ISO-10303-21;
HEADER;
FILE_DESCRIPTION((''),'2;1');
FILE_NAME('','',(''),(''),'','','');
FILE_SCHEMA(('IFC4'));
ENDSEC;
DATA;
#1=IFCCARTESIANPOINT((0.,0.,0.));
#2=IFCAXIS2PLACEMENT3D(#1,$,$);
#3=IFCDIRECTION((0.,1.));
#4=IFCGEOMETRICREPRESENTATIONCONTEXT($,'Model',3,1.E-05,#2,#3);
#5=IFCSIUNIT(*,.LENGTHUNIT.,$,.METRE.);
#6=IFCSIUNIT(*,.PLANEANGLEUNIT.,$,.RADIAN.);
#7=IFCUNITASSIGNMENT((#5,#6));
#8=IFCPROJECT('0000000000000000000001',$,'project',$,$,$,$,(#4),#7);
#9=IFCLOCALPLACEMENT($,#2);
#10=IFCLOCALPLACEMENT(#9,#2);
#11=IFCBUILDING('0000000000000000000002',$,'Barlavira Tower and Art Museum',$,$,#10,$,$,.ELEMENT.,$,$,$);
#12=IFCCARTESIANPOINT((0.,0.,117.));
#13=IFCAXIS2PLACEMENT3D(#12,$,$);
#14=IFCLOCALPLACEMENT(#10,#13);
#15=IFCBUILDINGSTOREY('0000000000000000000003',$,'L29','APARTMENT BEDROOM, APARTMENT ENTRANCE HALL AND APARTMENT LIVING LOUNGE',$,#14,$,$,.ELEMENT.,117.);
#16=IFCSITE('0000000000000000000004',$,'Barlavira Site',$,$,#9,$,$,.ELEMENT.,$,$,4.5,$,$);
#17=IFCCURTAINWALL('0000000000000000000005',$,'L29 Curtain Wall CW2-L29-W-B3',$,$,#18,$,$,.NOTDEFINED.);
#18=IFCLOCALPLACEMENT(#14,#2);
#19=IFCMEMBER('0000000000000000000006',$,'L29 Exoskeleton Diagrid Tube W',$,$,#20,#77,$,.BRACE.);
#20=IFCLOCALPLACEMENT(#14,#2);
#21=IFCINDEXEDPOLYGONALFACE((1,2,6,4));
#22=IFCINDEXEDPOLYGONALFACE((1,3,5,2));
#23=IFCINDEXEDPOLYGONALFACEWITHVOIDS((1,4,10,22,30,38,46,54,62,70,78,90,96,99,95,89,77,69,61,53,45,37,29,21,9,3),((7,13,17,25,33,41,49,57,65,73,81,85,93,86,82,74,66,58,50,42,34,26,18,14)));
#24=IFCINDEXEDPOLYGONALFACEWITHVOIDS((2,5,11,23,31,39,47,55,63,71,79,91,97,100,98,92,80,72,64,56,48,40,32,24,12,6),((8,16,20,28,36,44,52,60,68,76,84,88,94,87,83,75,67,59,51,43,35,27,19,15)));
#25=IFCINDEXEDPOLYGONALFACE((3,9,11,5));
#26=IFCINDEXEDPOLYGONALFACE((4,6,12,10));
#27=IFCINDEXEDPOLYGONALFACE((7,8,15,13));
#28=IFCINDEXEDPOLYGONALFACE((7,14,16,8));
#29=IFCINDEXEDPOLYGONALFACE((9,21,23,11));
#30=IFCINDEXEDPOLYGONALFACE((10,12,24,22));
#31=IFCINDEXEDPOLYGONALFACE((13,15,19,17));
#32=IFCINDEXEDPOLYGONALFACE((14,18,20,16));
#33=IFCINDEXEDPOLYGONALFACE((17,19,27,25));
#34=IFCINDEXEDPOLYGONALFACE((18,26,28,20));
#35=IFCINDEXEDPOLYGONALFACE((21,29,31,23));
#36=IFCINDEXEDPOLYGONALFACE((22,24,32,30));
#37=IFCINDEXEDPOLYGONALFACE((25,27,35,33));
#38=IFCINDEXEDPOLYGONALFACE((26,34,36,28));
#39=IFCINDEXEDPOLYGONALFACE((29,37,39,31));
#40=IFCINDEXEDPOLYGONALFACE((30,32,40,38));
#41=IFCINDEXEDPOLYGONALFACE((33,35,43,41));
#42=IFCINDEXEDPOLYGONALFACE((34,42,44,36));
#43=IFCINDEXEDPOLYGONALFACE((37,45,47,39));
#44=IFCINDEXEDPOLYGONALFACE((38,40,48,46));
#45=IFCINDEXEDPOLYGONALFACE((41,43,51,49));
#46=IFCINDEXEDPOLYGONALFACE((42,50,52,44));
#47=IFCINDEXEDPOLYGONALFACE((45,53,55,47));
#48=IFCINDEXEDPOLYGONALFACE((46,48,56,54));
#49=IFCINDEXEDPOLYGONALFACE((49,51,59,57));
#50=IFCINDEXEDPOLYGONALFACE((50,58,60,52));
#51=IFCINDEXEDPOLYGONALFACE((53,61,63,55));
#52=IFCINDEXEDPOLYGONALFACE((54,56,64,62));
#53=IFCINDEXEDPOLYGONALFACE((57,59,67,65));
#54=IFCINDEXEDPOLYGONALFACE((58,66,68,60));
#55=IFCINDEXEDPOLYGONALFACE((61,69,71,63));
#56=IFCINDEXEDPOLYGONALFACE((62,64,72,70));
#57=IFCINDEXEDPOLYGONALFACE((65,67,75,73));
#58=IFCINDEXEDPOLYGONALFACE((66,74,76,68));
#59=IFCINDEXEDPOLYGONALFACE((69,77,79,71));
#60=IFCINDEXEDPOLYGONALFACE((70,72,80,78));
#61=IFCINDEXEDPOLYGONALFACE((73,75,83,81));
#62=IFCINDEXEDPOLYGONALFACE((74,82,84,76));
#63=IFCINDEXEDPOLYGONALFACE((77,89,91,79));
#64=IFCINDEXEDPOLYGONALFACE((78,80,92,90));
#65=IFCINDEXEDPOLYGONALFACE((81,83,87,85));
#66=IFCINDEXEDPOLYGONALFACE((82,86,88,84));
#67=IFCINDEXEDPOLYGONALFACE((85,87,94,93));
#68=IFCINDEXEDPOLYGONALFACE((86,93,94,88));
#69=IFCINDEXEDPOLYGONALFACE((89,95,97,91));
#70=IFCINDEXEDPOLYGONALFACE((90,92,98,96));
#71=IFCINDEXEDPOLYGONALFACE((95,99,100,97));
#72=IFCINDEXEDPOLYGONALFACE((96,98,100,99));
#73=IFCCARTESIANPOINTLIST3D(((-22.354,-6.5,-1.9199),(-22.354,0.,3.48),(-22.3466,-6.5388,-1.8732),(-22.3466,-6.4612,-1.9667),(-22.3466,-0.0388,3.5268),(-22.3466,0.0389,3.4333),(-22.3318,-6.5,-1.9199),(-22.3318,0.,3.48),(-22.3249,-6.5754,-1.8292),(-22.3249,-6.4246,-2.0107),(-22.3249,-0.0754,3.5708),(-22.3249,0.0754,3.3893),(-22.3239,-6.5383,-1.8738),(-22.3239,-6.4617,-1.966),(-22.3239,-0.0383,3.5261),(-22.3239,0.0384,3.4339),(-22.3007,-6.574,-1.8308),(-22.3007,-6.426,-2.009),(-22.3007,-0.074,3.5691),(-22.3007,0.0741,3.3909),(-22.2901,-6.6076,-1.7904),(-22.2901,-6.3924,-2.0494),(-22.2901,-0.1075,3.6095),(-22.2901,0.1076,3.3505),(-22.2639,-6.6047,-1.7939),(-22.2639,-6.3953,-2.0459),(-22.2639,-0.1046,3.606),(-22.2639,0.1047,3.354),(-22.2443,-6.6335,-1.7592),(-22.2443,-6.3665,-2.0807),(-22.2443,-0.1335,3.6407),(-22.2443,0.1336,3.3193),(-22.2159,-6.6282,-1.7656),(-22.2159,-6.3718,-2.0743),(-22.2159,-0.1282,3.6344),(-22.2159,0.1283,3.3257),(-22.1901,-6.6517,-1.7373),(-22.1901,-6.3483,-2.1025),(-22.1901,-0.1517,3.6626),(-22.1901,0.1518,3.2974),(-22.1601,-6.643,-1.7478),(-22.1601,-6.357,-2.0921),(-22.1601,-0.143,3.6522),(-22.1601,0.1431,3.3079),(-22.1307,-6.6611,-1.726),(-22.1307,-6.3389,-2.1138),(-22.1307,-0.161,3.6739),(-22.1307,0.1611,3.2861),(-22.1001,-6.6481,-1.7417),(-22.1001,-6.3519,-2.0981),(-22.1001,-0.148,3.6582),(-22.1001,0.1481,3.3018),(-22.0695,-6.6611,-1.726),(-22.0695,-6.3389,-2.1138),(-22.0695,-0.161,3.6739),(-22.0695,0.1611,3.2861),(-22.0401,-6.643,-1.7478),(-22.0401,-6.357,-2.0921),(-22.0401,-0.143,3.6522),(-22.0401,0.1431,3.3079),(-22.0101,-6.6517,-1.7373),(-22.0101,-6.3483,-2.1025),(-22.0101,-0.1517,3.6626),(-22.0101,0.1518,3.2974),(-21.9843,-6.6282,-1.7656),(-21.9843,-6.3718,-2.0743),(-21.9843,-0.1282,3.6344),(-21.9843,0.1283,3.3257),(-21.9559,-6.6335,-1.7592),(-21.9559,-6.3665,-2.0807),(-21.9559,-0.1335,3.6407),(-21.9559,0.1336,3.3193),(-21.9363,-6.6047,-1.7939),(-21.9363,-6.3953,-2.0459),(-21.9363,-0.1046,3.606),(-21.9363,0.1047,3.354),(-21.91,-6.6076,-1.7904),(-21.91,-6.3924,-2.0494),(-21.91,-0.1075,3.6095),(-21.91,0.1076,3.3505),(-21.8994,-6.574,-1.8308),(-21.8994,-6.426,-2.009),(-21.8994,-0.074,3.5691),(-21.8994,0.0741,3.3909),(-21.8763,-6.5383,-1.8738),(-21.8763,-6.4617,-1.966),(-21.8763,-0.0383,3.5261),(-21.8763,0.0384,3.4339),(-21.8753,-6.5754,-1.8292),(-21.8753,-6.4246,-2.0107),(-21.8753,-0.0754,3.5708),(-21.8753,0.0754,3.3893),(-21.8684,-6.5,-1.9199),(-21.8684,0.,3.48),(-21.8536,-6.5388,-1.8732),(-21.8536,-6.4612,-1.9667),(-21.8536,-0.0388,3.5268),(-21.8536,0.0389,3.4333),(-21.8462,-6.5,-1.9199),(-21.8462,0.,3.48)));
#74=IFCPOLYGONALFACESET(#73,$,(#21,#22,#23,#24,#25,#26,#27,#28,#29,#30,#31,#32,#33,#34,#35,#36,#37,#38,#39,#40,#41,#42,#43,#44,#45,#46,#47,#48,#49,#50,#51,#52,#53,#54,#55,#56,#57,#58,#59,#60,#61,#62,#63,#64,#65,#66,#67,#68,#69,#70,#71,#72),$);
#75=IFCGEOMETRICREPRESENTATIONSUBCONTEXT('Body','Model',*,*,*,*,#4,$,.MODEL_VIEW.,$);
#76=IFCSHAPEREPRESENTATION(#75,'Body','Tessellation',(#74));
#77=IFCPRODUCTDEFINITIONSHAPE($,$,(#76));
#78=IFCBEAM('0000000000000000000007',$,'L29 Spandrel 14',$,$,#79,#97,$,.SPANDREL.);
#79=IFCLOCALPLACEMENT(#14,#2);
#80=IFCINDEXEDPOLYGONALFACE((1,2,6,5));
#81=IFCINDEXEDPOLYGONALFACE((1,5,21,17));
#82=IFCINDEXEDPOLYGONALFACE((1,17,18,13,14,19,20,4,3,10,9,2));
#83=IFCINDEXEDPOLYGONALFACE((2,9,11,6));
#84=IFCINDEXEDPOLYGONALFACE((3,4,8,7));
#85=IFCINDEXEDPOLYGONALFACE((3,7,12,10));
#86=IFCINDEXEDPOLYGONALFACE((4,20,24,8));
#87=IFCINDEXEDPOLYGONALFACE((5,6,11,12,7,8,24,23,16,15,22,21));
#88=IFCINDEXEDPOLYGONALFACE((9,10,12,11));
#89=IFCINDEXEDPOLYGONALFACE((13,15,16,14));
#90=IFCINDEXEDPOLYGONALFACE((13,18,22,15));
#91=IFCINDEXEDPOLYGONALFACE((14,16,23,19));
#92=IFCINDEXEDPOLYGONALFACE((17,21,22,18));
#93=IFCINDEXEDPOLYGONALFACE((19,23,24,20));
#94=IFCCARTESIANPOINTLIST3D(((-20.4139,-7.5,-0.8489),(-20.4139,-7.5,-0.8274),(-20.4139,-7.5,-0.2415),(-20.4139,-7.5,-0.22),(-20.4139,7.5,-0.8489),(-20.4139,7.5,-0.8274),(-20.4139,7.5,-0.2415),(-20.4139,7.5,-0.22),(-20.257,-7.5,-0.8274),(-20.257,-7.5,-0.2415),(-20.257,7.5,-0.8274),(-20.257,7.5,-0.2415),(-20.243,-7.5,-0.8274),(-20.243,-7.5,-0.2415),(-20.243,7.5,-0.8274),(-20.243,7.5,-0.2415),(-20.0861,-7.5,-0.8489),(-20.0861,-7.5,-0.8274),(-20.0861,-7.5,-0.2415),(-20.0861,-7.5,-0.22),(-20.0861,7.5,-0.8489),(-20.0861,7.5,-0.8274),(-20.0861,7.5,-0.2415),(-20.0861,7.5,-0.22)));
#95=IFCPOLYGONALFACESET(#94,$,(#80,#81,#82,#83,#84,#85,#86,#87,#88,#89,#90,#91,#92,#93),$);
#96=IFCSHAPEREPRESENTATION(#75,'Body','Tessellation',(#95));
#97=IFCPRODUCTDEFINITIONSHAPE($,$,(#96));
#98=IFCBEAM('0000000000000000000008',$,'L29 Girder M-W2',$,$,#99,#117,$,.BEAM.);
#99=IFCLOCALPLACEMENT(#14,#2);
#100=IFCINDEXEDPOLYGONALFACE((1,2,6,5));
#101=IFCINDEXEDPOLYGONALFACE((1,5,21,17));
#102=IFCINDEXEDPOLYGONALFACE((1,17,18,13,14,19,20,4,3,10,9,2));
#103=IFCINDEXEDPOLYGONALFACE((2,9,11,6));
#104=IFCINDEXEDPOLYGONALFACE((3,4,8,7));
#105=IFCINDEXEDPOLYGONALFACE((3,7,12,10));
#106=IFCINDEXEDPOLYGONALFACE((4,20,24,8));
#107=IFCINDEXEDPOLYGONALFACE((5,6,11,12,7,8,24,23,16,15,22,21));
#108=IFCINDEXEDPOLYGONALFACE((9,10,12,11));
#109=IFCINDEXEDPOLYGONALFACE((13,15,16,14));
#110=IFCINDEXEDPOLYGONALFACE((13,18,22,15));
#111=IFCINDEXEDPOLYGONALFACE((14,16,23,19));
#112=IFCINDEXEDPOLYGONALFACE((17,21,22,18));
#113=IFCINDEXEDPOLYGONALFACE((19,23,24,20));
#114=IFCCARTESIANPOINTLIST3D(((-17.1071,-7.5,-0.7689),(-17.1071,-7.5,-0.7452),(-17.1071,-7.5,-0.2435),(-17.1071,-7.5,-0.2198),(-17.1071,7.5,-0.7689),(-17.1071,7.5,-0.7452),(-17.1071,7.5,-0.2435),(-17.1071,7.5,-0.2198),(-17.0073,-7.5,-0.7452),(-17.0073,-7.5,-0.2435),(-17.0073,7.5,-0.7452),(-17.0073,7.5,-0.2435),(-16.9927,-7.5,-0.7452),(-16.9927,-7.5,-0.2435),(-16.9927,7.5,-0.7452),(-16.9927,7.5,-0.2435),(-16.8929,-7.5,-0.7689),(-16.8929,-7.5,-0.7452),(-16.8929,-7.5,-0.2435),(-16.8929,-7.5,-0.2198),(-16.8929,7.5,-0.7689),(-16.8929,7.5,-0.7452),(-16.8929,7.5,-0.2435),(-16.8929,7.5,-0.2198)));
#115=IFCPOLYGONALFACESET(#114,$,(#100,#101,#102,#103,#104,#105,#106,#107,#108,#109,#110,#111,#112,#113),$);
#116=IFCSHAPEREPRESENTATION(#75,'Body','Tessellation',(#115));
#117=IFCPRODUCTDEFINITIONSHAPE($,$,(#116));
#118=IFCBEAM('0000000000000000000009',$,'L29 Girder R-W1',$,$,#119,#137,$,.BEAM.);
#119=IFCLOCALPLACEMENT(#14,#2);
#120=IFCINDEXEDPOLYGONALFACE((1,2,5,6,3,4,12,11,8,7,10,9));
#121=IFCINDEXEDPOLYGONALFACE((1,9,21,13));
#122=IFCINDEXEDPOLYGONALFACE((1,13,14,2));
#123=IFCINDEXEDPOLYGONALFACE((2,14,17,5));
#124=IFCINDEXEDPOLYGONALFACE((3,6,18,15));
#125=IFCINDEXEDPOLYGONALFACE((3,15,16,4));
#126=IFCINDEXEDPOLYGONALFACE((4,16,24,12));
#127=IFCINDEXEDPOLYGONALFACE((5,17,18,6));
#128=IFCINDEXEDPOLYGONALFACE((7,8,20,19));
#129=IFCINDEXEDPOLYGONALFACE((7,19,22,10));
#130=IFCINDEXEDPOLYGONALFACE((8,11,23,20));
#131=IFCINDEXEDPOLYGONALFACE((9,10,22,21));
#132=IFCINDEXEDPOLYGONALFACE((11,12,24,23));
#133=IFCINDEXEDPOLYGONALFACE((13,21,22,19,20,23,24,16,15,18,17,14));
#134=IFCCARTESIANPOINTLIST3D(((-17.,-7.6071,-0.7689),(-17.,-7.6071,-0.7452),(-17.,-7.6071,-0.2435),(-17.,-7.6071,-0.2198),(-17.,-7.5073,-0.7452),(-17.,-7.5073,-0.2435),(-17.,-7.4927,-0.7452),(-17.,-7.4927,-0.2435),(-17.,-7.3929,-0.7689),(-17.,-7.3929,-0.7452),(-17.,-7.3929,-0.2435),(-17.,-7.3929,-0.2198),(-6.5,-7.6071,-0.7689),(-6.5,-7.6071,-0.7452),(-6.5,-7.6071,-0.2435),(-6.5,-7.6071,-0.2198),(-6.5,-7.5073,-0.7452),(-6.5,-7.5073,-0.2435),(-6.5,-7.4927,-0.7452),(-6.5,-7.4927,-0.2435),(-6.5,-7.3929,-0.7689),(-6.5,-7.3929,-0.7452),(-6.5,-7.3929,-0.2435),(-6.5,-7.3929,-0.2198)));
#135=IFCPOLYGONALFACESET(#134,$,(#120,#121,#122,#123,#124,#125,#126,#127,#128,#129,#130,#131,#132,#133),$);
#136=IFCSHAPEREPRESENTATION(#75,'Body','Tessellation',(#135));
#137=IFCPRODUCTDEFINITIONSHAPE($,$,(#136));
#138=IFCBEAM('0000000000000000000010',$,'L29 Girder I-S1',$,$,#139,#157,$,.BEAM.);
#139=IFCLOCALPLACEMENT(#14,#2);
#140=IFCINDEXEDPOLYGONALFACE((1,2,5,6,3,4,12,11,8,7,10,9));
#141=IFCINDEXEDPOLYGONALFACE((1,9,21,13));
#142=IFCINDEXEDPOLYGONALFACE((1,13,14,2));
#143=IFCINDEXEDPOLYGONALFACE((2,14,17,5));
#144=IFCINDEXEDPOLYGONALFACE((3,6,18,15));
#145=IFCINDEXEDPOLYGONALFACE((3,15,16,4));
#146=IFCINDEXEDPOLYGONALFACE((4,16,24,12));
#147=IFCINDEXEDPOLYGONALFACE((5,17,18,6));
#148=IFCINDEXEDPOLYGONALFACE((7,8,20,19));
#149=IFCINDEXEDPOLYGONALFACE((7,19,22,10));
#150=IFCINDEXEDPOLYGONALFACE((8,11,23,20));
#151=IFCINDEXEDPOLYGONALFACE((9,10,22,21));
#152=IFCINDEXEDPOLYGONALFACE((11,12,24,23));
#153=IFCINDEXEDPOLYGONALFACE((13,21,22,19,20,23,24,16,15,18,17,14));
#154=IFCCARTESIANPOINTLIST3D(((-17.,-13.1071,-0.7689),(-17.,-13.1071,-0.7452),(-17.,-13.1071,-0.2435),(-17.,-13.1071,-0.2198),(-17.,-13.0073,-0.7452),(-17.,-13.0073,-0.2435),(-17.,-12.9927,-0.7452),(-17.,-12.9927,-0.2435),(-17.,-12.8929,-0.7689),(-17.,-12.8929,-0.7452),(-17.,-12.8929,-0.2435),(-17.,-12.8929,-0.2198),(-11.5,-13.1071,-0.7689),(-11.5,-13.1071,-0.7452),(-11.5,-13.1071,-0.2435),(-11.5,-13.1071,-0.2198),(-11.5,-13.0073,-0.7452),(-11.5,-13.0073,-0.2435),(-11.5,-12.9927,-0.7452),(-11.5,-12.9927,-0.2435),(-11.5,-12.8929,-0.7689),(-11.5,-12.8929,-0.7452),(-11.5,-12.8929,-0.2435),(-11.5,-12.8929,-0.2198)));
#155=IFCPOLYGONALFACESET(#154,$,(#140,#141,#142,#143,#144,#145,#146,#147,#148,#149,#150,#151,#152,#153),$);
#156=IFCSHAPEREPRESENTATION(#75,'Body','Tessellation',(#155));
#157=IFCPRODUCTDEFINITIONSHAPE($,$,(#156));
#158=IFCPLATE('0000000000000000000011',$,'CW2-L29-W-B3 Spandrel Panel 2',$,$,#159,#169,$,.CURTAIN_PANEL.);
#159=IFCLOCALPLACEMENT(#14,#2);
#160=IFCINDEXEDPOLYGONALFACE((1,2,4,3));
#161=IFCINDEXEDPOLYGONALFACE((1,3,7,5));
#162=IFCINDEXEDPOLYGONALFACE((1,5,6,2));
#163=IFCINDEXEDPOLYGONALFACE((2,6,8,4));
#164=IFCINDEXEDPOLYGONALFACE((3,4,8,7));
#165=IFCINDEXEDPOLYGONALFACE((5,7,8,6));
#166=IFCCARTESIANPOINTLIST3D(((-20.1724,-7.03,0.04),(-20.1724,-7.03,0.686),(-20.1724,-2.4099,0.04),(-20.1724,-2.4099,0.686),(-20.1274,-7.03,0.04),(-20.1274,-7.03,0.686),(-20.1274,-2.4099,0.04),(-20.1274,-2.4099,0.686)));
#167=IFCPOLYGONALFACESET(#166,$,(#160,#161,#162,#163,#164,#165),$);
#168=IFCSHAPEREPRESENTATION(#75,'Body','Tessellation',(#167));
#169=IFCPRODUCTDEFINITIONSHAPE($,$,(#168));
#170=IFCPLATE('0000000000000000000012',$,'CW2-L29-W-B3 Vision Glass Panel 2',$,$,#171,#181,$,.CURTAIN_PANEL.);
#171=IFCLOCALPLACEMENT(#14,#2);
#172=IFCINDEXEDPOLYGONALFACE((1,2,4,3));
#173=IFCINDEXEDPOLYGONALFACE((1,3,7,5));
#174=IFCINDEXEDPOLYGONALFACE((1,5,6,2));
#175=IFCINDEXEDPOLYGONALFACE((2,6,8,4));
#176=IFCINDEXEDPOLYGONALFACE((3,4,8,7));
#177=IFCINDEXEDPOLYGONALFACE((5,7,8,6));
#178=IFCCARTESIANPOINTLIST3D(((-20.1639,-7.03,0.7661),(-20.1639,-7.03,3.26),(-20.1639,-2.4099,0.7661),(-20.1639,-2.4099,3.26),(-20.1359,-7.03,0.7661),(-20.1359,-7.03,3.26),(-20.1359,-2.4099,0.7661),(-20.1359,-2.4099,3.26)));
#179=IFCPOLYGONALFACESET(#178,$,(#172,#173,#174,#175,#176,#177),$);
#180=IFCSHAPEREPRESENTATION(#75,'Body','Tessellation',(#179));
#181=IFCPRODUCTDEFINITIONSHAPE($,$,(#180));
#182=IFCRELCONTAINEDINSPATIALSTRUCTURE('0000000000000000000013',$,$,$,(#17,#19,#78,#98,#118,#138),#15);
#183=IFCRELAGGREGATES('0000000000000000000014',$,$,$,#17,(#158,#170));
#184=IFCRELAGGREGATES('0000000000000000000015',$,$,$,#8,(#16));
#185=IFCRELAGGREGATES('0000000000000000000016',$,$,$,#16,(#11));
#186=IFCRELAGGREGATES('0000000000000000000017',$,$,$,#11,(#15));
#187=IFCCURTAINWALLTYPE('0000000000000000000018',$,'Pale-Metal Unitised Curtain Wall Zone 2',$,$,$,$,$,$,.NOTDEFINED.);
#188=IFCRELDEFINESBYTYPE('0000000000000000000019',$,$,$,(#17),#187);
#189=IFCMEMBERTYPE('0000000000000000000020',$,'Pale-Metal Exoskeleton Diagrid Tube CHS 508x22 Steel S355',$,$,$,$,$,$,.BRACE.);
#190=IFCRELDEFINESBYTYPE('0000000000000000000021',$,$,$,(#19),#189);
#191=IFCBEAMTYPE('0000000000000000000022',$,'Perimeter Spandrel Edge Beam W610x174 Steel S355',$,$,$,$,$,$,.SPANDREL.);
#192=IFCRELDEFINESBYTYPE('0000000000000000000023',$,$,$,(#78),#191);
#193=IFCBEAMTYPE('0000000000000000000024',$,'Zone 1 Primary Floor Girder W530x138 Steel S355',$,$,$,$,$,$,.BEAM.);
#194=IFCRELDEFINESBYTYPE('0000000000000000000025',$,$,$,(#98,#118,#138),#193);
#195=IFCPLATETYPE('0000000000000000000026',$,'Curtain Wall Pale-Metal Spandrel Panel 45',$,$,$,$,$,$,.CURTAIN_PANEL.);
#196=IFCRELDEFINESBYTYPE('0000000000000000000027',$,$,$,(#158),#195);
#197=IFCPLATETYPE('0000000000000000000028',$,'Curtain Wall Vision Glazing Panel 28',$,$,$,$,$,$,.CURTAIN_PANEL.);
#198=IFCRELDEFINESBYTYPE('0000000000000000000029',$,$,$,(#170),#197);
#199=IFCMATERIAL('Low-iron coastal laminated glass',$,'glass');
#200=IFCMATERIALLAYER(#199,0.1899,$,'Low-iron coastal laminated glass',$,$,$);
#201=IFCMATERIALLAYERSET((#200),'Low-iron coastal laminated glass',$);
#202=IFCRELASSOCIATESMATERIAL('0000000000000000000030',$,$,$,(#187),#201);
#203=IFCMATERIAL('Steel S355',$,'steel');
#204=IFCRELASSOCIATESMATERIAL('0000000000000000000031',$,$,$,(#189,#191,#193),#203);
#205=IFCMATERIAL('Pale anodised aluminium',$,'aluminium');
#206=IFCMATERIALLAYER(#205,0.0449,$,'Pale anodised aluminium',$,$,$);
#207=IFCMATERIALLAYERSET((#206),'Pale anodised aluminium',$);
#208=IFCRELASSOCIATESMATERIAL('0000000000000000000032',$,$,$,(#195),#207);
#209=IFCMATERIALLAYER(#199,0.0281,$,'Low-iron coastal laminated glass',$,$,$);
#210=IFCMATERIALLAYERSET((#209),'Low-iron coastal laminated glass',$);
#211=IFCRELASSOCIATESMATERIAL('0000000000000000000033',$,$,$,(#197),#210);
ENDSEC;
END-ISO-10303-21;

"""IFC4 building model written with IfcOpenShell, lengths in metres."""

from ifc_helpers import new_model, si_unit, direction, frame, origin, origin_2d, place, context, subcontext, project, spatial, rectangle, hollow_circle, i_section, extrude, material, layer, layer_set, material_profile, profile_set, type_object, element, aggregate, save


model = new_model("IFC4")

# Units and contexts
model_context = context("Model", 3, precision=1e-05, world=origin(), true_north=direction((0.0, 1.0)))
body_context = subcontext(model_context, "Body", "Model", "MODEL_VIEW")
ifc_project = project(units=[si_unit("LENGTHUNIT", "METRE"), si_unit("PLANEANGLEUNIT", "RADIAN")], contexts=[model_context])

# Site, building, storey
site_placement = place(None, origin())
site = spatial("IfcSite", under=ifc_project, at=site_placement, Name="Barlavira Site", CompositionType="ELEMENT", RefElevation=4.5)
building_placement = place(site_placement, origin())
building = spatial("IfcBuilding", under=site, at=building_placement, Name="Barlavira Tower and Art Museum", CompositionType="ELEMENT")
storey_placement = place(building_placement, frame((0.0, 0.0, 117.0)))
storey = spatial("IfcBuildingStorey", under=building, at=storey_placement, Name="L29", Description="APARTMENT BEDROOM, APARTMENT ENTRANCE HALL AND APARTMENT LIVING LOUNGE", CompositionType="ELEMENT", Elevation=117.0)

# Curtain wall
ifc_material_1 = material(Name="Low-iron coastal laminated glass", Category="glass")
ifc_layer_1 = layer(ifc_material_1, 0.1899, Name="Low-iron coastal laminated glass")
ifc_layer_set_1 = layer_set([ifc_layer_1], Name="Low-iron coastal laminated glass")
curtain_wall_type = type_object("IfcCurtainWallType", Name="Pale-Metal Unitised Curtain Wall Zone 2", PredefinedType="NOTDEFINED", material=ifc_layer_set_1)
curtain_wall_placement = place(storey_placement, origin())
curtain_wall = element("IfcCurtainWall", 1, at=curtain_wall_placement, inside=storey, type_object=curtain_wall_type, Name="L29 Curtain Wall CW2-L29-W-B3", PredefinedType="NOTDEFINED")
ifc_material_2 = material(Name="Pale anodised aluminium", Category="aluminium")

# Member
ifc_material_3 = material(Name="Steel S355", Category="steel")
ifc_material_profile_1 = material_profile(ifc_material_3, hollow_circle(Radius=0.2539, WallThickness=0.0222, at=origin_2d()), Name="CHS 508.0x22.2")
ifc_profile_set_1 = profile_set([ifc_material_profile_1], Name="Steel S355")
member_type_1 = type_object("IfcMemberType", Name="Pale-Metal Exoskeleton Diagrid Tube CHS 508x22 Steel S355", PredefinedType="BRACE", material=ifc_profile_set_1)
for number, where, z_axis, x_axis, name in (
    (2, (-22.1001, -6.5, -1.9199), (0.0, 0.769196, 0.639013), (-1.0, 0.0, 0.0), "L29 Exoskeleton Diagrid Tube W"),
):
    element("IfcMember", number, at=place(storey_placement, frame(where, z_axis=z_axis, x_axis=x_axis)), inside=storey, type_object=member_type_1, Name=name, PredefinedType="BRACE", context=body_context, shape_type="SweptSolid", body=[
        extrude(hollow_circle(Radius=0.2539, WallThickness=0.0222, at=origin_2d()), origin(), (0.0, 0.0, 1.0), 8.4504),
    ])

# Beams
ifc_material_profile_2 = material_profile(ifc_material_3, i_section(OverallWidth=0.3279, OverallDepth=0.6289, WebThickness=0.0139, FlangeThickness=0.0215, at=origin_2d()), Name="W610x174.0")
ifc_profile_set_2 = profile_set([ifc_material_profile_2], Name="Steel S355")
beam_type_1 = type_object("IfcBeamType", Name="Perimeter Spandrel Edge Beam W610x174 Steel S355", PredefinedType="SPANDREL", material=ifc_profile_set_2)
beam_1_placement = place(storey_placement, frame((-20.25, -7.5, -0.5344), z_axis=(0.0, 1.0, 0.0), x_axis=(-1.0, 0.0, 0.0)))
element("IfcBeam", 3, at=beam_1_placement, inside=storey, type_object=beam_type_1, Name="L29 Spandrel 14", PredefinedType="SPANDREL", context=body_context, shape_type="SweptSolid", body=[
    extrude(i_section(OverallWidth=0.3279, OverallDepth=0.6289, WebThickness=0.0139, FlangeThickness=0.0215, at=origin_2d()), origin(), (0.0, 0.0, 1.0), 15.0),
])
ifc_material_profile_3 = material_profile(ifc_material_3, i_section(OverallWidth=0.2141, OverallDepth=0.5491, WebThickness=0.0146, FlangeThickness=0.0237, at=origin_2d()), Name="W530x138.0")
ifc_profile_set_3 = profile_set([ifc_material_profile_3], Name="Steel S355")
beam_type_2 = type_object("IfcBeamType", Name="Zone 1 Primary Floor Girder W530x138 Steel S355", PredefinedType="BEAM", material=ifc_profile_set_3)
beam_2_placement = place(storey_placement, frame((-17.0, -7.5, -0.4944), z_axis=(0.0, 1.0, 0.0), x_axis=(-1.0, 0.0, 0.0)))
element("IfcBeam", 4, at=beam_2_placement, inside=storey, type_object=beam_type_2, Name="L29 Girder M-W2", PredefinedType="BEAM", context=body_context, shape_type="SweptSolid", body=[
    extrude(i_section(OverallWidth=0.2141, OverallDepth=0.5491, WebThickness=0.0146, FlangeThickness=0.0237, at=origin_2d()), origin(), (0.0, 0.0, 1.0), 15.0),
])
beam_3_placement = place(storey_placement, frame((-17.0, -7.5, -0.4944), z_axis=(1.0, 0.0, 0.0), x_axis=(0.0, 1.0, 0.0)))
element("IfcBeam", 5, at=beam_3_placement, inside=storey, type_object=beam_type_2, Name="L29 Girder R-W1", PredefinedType="BEAM", context=body_context, shape_type="SweptSolid", body=[
    extrude(i_section(OverallWidth=0.2141, OverallDepth=0.5491, WebThickness=0.0146, FlangeThickness=0.0237, at=origin_2d()), origin(), (0.0, 0.0, 1.0), 10.5),
])
beam_4_placement = place(storey_placement, frame((-17.0, -13.0, -0.4944), z_axis=(1.0, 0.0, 0.0), x_axis=(0.0, 1.0, 0.0)))
element("IfcBeam", 6, at=beam_4_placement, inside=storey, type_object=beam_type_2, Name="L29 Girder I-S1", PredefinedType="BEAM", context=body_context, shape_type="SweptSolid", body=[
    extrude(i_section(OverallWidth=0.2141, OverallDepth=0.5491, WebThickness=0.0146, FlangeThickness=0.0237, at=origin_2d()), origin(), (0.0, 0.0, 1.0), 5.5),
])

# Plates
ifc_layer_2 = layer(ifc_material_2, 0.0449, Name="Pale anodised aluminium")
ifc_layer_set_2 = layer_set([ifc_layer_2], Name="Pale anodised aluminium")
plate_type_1 = type_object("IfcPlateType", Name="Curtain Wall Pale-Metal Spandrel Panel 45", PredefinedType="CURTAIN_PANEL", material=ifc_layer_set_2)
plate_1_placement = place(storey_placement, frame((-20.1499, -4.72, 0.04), z_axis=(0.0, 0.0, 1.0), x_axis=(0.0, -1.0, 0.0)))
plate_1 = element("IfcPlate", 7, at=plate_1_placement, type_object=plate_type_1, Name="CW2-L29-W-B3 Spandrel Panel 2", PredefinedType="CURTAIN_PANEL", context=body_context, shape_type="SweptSolid", body=[
    extrude(rectangle(XDim=4.6201, YDim=0.0449, at=origin_2d()), origin(), (0.0, 0.0, 1.0), 0.646),
])
ifc_layer_3 = layer(ifc_material_1, 0.0281, Name="Low-iron coastal laminated glass")
ifc_layer_set_3 = layer_set([ifc_layer_3], Name="Low-iron coastal laminated glass")
plate_type_2 = type_object("IfcPlateType", Name="Curtain Wall Vision Glazing Panel 28", PredefinedType="CURTAIN_PANEL", material=ifc_layer_set_3)
plate_2_placement = place(storey_placement, frame((-20.1499, -4.72, 0.7661), z_axis=(0.0, 0.0, 1.0), x_axis=(0.0, -1.0, 0.0)))
plate_2 = element("IfcPlate", 8, at=plate_2_placement, type_object=plate_type_2, Name="CW2-L29-W-B3 Vision Glass Panel 2", PredefinedType="CURTAIN_PANEL", context=body_context, shape_type="SweptSolid", body=[
    extrude(rectangle(XDim=4.6201, YDim=0.0281, at=origin_2d()), origin(), (0.0, 0.0, 1.0), 2.4939),
])
aggregate(curtain_wall, [plate_1, plate_2])

save(model, "model.ifc")
